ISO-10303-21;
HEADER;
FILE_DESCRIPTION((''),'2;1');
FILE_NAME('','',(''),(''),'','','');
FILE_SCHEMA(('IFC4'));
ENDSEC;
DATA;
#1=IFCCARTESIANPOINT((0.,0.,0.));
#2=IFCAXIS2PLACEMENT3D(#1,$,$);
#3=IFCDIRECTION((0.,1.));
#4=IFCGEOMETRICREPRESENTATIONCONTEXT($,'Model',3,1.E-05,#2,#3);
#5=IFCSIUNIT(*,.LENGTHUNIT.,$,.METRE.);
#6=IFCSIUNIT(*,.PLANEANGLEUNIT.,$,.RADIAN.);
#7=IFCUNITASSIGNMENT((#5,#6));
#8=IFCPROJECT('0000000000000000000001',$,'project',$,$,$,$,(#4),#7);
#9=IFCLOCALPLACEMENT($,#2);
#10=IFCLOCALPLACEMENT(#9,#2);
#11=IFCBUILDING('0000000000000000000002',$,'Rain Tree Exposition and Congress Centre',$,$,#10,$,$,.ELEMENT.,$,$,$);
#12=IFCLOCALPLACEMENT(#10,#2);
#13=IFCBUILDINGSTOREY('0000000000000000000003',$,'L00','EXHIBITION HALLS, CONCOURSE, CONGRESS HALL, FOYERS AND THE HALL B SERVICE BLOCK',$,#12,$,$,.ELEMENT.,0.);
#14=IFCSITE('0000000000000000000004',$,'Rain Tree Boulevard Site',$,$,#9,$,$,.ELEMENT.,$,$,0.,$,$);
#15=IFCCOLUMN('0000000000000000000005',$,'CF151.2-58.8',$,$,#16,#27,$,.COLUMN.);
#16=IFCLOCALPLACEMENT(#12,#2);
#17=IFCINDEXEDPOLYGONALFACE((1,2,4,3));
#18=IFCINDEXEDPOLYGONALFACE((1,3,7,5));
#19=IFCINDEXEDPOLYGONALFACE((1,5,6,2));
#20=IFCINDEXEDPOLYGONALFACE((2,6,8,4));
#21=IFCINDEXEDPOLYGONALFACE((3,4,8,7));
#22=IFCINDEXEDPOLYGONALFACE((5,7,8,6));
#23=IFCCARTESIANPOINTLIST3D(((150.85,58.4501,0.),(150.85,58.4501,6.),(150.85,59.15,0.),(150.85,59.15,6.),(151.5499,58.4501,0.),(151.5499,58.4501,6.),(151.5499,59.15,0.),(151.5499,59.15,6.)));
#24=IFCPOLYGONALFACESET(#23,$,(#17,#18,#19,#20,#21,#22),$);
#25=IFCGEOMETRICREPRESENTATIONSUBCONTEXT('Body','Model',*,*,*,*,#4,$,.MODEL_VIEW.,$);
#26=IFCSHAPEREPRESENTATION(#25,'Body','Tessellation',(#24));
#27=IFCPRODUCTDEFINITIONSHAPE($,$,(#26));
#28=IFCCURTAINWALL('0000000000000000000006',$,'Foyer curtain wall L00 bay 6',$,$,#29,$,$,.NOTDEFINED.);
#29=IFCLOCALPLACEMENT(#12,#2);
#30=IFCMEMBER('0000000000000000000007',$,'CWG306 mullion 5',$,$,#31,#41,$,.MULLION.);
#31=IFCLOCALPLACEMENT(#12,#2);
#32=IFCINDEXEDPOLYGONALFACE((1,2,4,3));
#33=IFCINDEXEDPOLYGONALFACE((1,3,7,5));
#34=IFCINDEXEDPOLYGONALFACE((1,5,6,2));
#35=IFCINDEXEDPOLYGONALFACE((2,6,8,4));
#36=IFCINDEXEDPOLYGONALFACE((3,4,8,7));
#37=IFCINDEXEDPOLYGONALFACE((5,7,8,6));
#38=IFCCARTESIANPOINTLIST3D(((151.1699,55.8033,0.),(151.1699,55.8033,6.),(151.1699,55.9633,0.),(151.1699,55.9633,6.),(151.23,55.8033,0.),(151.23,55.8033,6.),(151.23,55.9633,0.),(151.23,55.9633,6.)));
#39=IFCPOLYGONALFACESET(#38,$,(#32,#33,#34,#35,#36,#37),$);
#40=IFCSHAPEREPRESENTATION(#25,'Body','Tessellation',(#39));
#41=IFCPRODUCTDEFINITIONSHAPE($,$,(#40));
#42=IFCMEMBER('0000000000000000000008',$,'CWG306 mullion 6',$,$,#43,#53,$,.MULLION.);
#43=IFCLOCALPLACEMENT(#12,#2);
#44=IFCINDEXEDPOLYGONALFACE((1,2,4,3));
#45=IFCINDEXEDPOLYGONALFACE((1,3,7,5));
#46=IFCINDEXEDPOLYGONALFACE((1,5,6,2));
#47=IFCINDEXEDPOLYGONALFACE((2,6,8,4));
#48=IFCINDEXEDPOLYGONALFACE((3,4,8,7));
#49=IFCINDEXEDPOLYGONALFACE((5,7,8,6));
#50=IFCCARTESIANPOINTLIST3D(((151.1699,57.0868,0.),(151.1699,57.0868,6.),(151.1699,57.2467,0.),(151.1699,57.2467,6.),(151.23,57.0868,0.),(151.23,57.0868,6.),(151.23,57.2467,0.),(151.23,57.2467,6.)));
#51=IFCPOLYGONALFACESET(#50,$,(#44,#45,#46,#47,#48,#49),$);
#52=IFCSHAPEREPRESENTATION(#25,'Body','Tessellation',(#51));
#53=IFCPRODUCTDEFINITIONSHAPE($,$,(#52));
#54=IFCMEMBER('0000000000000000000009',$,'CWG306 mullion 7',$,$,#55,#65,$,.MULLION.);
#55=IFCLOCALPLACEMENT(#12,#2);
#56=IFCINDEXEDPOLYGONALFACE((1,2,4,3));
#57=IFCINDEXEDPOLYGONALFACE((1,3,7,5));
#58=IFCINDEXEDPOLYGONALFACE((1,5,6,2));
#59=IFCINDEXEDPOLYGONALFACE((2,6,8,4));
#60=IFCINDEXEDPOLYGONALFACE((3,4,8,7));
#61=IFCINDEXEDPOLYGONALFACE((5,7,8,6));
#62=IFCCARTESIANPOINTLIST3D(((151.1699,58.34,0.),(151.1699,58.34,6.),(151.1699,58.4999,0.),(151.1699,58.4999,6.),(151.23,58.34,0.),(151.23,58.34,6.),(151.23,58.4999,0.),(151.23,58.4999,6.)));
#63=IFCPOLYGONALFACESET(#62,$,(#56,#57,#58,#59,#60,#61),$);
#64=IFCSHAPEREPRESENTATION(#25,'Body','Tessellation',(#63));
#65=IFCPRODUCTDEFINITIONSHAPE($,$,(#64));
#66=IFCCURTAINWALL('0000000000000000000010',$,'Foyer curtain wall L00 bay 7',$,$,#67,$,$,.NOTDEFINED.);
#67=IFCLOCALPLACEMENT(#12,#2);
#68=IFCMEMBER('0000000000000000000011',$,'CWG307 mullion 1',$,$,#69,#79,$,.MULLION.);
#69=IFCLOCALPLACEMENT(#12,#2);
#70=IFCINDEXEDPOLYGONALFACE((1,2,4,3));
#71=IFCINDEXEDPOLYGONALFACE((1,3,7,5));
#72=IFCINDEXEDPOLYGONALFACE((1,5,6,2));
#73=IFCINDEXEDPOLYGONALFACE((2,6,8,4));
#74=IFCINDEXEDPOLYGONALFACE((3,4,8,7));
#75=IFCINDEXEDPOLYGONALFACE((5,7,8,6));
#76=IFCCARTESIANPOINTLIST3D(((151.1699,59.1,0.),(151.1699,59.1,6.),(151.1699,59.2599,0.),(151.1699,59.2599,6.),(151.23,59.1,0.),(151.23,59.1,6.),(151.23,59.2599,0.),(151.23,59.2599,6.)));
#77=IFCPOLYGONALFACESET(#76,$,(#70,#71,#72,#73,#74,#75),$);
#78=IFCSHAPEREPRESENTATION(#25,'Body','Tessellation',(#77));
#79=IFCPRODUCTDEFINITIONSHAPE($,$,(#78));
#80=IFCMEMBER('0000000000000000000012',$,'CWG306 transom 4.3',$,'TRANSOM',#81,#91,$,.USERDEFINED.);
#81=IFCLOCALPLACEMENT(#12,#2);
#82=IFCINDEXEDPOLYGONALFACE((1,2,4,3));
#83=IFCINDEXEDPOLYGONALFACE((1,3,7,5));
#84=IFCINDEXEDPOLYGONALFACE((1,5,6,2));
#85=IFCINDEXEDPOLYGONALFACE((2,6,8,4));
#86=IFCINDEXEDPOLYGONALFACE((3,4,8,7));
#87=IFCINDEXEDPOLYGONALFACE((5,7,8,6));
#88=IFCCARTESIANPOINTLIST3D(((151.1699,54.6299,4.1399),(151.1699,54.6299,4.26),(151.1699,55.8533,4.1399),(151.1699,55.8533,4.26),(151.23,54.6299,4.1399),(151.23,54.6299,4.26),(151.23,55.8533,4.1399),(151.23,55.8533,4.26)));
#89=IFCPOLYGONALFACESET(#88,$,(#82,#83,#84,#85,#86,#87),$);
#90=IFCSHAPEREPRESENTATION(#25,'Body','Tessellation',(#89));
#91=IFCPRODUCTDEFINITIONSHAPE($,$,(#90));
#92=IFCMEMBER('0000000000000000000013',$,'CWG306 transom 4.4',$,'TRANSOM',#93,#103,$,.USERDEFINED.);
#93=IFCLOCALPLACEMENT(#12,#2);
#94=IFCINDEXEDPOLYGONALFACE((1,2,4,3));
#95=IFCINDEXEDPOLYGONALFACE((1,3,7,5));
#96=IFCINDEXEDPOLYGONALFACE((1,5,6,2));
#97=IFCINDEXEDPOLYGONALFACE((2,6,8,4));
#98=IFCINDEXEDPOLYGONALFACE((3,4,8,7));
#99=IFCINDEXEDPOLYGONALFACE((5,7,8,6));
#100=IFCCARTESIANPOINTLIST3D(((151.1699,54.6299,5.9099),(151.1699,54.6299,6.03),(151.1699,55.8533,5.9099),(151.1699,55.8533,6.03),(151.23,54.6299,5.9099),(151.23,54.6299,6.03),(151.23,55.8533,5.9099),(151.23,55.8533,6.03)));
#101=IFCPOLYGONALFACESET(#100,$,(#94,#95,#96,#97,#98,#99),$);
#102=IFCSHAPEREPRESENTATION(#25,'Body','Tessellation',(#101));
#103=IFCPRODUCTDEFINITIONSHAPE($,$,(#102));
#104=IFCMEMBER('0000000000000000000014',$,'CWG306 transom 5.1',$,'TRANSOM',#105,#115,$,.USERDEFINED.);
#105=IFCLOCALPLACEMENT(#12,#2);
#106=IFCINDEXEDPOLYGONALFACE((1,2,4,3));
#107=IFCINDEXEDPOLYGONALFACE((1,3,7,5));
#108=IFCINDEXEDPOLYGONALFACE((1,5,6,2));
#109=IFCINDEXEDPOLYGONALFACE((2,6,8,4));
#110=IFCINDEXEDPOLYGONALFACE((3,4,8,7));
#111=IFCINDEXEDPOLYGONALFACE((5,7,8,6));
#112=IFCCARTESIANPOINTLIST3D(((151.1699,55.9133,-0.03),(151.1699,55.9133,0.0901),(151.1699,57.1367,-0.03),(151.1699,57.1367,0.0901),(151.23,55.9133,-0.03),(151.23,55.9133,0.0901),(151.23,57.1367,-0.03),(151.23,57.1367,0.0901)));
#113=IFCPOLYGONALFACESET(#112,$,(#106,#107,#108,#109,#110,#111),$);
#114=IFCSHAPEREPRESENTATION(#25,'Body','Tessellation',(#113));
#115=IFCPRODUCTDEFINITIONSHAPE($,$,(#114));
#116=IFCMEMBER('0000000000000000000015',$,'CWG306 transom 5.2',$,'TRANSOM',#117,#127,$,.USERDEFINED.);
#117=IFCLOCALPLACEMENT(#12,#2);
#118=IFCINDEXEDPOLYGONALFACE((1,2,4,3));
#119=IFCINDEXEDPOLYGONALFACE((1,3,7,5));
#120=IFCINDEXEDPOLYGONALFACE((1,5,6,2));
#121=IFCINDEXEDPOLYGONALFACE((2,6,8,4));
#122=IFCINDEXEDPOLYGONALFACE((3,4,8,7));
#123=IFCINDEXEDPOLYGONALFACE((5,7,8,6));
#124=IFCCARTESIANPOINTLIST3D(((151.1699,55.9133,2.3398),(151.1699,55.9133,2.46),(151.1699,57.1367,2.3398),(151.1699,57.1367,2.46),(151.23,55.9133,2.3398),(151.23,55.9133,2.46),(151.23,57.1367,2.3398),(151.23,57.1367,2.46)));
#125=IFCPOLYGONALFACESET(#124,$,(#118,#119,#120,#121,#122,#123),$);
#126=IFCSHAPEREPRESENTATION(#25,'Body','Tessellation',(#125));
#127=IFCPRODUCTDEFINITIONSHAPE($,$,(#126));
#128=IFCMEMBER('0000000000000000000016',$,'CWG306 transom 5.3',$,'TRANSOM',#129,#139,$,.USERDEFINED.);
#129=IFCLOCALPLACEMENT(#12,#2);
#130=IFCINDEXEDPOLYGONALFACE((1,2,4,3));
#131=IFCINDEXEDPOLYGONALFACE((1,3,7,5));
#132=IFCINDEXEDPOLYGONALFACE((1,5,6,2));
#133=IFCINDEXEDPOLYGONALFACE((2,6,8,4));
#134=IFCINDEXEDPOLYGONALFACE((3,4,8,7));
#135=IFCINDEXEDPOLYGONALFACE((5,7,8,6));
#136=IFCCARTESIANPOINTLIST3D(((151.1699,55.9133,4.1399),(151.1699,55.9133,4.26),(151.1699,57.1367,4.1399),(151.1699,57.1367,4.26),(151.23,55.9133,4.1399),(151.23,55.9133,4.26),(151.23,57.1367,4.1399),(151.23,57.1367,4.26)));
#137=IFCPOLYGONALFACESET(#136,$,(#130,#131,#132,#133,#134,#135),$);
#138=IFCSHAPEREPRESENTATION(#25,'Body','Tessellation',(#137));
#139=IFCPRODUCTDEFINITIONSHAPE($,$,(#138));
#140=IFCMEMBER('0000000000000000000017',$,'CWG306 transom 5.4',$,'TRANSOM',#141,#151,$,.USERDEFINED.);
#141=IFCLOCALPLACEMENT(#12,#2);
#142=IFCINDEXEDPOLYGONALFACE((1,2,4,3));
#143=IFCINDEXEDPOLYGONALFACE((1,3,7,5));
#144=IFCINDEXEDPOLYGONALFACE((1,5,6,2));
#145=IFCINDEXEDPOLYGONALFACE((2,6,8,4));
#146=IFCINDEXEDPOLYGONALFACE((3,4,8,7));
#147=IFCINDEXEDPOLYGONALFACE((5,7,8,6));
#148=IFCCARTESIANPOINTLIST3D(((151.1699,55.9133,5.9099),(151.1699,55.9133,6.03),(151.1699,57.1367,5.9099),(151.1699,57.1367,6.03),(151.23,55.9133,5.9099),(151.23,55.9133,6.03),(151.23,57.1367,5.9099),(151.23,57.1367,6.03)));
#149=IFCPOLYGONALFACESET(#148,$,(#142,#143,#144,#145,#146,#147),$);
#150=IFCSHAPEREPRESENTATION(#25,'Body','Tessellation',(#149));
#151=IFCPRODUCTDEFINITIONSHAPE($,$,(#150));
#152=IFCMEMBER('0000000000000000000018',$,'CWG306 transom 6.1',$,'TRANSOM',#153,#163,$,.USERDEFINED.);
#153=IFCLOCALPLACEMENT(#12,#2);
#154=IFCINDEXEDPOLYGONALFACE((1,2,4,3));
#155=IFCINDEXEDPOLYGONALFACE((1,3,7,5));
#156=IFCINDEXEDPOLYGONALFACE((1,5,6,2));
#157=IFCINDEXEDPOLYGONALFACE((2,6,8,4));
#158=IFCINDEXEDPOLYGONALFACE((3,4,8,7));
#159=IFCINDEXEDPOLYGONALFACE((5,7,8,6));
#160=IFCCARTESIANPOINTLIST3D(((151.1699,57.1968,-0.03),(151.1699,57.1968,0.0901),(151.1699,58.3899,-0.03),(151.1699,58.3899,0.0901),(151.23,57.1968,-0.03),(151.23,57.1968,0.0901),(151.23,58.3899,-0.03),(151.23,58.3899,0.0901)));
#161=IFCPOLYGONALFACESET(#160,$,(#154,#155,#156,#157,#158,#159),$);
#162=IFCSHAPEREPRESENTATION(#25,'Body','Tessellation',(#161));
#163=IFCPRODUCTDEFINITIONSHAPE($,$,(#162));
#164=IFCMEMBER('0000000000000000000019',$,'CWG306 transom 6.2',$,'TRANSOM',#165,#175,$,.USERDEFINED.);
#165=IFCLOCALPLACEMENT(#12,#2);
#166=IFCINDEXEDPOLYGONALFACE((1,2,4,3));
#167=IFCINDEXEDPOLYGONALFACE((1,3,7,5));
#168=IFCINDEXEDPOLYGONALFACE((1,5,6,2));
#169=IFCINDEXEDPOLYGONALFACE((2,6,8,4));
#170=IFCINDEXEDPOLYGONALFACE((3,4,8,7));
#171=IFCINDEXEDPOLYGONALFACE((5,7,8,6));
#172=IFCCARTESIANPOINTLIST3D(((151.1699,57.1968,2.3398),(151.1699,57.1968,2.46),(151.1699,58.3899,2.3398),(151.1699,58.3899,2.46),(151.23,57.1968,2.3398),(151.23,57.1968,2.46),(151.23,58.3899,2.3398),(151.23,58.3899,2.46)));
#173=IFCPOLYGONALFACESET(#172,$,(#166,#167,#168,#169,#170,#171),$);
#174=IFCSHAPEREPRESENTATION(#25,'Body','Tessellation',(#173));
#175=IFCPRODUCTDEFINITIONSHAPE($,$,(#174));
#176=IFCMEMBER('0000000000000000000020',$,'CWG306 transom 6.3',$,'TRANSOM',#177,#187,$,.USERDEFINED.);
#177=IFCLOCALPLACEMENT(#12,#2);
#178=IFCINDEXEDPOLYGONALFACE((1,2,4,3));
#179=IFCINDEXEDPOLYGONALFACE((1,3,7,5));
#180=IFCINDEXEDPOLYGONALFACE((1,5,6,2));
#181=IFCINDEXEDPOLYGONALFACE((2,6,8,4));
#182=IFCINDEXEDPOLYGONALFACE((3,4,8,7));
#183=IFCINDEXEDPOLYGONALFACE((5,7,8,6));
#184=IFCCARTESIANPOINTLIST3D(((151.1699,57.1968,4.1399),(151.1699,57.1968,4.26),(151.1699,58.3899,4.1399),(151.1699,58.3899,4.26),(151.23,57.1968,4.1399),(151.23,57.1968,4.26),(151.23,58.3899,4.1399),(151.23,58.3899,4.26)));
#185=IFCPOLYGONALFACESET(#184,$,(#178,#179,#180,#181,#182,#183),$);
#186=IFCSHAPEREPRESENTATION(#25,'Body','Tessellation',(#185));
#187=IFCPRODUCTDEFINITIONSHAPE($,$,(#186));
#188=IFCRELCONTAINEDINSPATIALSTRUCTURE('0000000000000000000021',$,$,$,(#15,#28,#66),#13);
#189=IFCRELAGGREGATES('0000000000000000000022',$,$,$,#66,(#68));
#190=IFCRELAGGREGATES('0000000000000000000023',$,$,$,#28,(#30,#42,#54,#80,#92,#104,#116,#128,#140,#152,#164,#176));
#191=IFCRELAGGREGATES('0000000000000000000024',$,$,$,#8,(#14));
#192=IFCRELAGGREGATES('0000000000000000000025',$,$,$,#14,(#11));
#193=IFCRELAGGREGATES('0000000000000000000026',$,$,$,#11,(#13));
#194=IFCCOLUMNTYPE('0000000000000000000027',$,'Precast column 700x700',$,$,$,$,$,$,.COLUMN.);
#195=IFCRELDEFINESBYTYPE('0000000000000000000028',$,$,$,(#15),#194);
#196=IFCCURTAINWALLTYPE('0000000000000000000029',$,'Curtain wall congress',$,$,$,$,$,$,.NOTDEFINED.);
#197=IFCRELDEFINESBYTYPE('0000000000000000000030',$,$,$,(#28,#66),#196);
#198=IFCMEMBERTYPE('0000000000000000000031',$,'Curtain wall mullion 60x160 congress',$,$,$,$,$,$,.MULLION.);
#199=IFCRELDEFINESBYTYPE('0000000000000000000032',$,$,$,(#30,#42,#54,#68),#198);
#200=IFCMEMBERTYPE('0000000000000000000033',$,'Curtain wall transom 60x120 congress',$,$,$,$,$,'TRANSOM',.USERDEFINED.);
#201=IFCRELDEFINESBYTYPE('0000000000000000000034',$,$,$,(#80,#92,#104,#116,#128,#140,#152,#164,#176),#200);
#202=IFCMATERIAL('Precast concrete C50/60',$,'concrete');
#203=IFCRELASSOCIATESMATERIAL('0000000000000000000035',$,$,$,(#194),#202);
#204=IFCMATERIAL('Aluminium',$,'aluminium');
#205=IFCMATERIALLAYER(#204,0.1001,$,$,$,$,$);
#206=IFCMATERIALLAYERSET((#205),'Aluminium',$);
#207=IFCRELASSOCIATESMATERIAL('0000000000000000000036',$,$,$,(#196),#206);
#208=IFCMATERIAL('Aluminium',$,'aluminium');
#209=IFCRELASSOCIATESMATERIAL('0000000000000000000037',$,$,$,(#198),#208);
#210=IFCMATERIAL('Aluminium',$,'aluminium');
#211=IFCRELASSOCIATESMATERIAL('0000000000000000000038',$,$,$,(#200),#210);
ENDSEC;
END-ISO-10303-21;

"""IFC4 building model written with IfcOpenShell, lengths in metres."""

from ifc_helpers import new_model, si_unit, direction, frame, origin, origin_2d, place, context, subcontext, project, spatial, rectangle, extrude, material, layer, layer_set, material_profile, profile_set, type_object, element, aggregate, save


model = new_model("IFC4")

# Units and contexts
model_context = context("Model", 3, precision=1e-05, world=origin(), true_north=direction((0.0, 1.0)))
body_context = subcontext(model_context, "Body", "Model", "MODEL_VIEW")
ifc_project = project(units=[si_unit("LENGTHUNIT", "METRE"), si_unit("PLANEANGLEUNIT", "RADIAN")], contexts=[model_context])

# Site, building, storey
site_placement = place(None, origin())
site = spatial("IfcSite", under=ifc_project, at=site_placement, Name="Rain Tree Boulevard Site", CompositionType="ELEMENT", RefElevation=0.0)
building_placement = place(site_placement, origin())
building = spatial("IfcBuilding", under=site, at=building_placement, Name="Rain Tree Exposition and Congress Centre", CompositionType="ELEMENT")
storey_placement = place(building_placement, origin())
storey = spatial("IfcBuildingStorey", under=building, at=storey_placement, Name="L00", Description="EXHIBITION HALLS, CONCOURSE, CONGRESS HALL, FOYERS AND THE HALL B SERVICE BLOCK", CompositionType="ELEMENT", Elevation=0.0)

# Column
ifc_material_1 = material(Name="Precast concrete C50/60", Category="concrete")
ifc_material_profile_1 = material_profile(ifc_material_1, rectangle(XDim=0.7, YDim=0.7, at=origin_2d()), Name="RC 700x700")
ifc_profile_set_1 = profile_set([ifc_material_profile_1], Name="Precast concrete C50/60")
column_type = type_object("IfcColumnType", Name="Precast column 700x700", PredefinedType="COLUMN", material=ifc_profile_set_1)
column_placement = place(storey_placement, frame((151.2, 58.8, 0.0), z_axis=(0.0, 0.0, 1.0), x_axis=(1.0, 0.0, 0.0)))
element("IfcColumn", 1, at=column_placement, inside=storey, type_object=column_type, Name="CF151.2-58.8", PredefinedType="COLUMN", context=body_context, shape_type="SweptSolid", body=[
    extrude(rectangle(XDim=0.7, YDim=0.7, at=origin_2d()), origin(), (0.0, 0.0, 1.0), 6.0),
])

# Curtain wall, members
ifc_material_2 = material(Name="Aluminium", Category="aluminium")
ifc_layer_1 = layer(ifc_material_2, 0.1001)
ifc_layer_set_1 = layer_set([ifc_layer_1], Name="Aluminium")
curtain_wall_type = type_object("IfcCurtainWallType", Name="Curtain wall congress", PredefinedType="NOTDEFINED", material=ifc_layer_set_1)
curtain_wall_1_placement = place(storey_placement, origin())
curtain_wall_1 = element("IfcCurtainWall", 2, at=curtain_wall_1_placement, inside=storey, type_object=curtain_wall_type, Name="Foyer curtain wall L00 bay 6", PredefinedType="NOTDEFINED")
ifc_material_3 = material(Name="Aluminium", Category="aluminium")
ifc_material_profile_2 = material_profile(ifc_material_3, rectangle(XDim=0.0601, YDim=0.1599, at=origin_2d()), Name="AL 60x160")
ifc_profile_set_2 = profile_set([ifc_material_profile_2], Name="Aluminium")
member_type_1 = type_object("IfcMemberType", Name="Curtain wall mullion 60x160 congress", PredefinedType="MULLION", material=ifc_profile_set_2)
member_1_placement = place(storey_placement, frame((151.2, 55.8833, 0.0), z_axis=(0.0, 0.0, 1.0), x_axis=(-1.0, 0.0, 0.0)))
member_1 = element("IfcMember", 3, at=member_1_placement, type_object=member_type_1, Name="CWG306 mullion 5", PredefinedType="MULLION", context=body_context, shape_type="SweptSolid", body=[
    extrude(rectangle(XDim=0.0601, YDim=0.1599, at=origin_2d()), origin(), (0.0, 0.0, 1.0), 6.0),
])
member_2_placement = place(storey_placement, frame((151.2, 57.1667, 0.0), z_axis=(0.0, 0.0, 1.0), x_axis=(-1.0, 0.0, 0.0)))
member_2 = element("IfcMember", 4, at=member_2_placement, type_object=member_type_1, Name="CWG306 mullion 6", PredefinedType="MULLION", context=body_context, shape_type="SweptSolid", body=[
    extrude(rectangle(XDim=0.0601, YDim=0.1599, at=origin_2d()), origin(), (0.0, 0.0, 1.0), 6.0),
])
member_3_placement = place(storey_placement, frame((151.2, 58.4199, 0.0), z_axis=(0.0, 0.0, 1.0), x_axis=(-1.0, 0.0, 0.0)))
member_3 = element("IfcMember", 5, at=member_3_placement, type_object=member_type_1, Name="CWG306 mullion 7", PredefinedType="MULLION", context=body_context, shape_type="SweptSolid", body=[
    extrude(rectangle(XDim=0.0601, YDim=0.1599, at=origin_2d()), origin(), (0.0, 0.0, 1.0), 6.0),
])

# Curtain wall, member
curtain_wall_2_placement = place(storey_placement, origin())
curtain_wall_2 = element("IfcCurtainWall", 6, at=curtain_wall_2_placement, inside=storey, type_object=curtain_wall_type, Name="Foyer curtain wall L00 bay 7", PredefinedType="NOTDEFINED")
member_4_placement = place(storey_placement, frame((151.2, 59.1799, 0.0), z_axis=(0.0, 0.0, 1.0), x_axis=(-1.0, 0.0, 0.0)))
member_4 = element("IfcMember", 7, at=member_4_placement, type_object=member_type_1, Name="CWG307 mullion 1", PredefinedType="MULLION", context=body_context, shape_type="SweptSolid", body=[
    extrude(rectangle(XDim=0.0601, YDim=0.1599, at=origin_2d()), origin(), (0.0, 0.0, 1.0), 6.0),
])

# Members
ifc_material_4 = material(Name="Aluminium", Category="aluminium")
ifc_material_profile_3 = material_profile(ifc_material_4, rectangle(XDim=0.0601, YDim=0.1201, at=origin_2d()), Name="AL 60x120")
ifc_profile_set_3 = profile_set([ifc_material_profile_3], Name="Aluminium")
member_type_2 = type_object("IfcMemberType", Name="Curtain wall transom 60x120 congress", ElementType="TRANSOM", PredefinedType="USERDEFINED", material=ifc_profile_set_3)
member_5_placement = place(storey_placement, frame((151.2, 54.6299, 4.2), z_axis=(0.0, 1.0, 0.0), x_axis=(-1.0, 0.0, 0.0)))
member_5 = element("IfcMember", 8, at=member_5_placement, type_object=member_type_2, Name="CWG306 transom 4.3", ObjectType="TRANSOM", PredefinedType="USERDEFINED", context=body_context, shape_type="SweptSolid", body=[
    extrude(rectangle(XDim=0.0601, YDim=0.1201, at=origin_2d()), origin(), (0.0, 0.0, 1.0), 1.2234),
])
member_6_placement = place(storey_placement, frame((151.2, 54.6299, 5.97), z_axis=(0.0, 1.0, 0.0), x_axis=(-1.0, 0.0, 0.0)))
member_6 = element("IfcMember", 9, at=member_6_placement, type_object=member_type_2, Name="CWG306 transom 4.4", ObjectType="TRANSOM", PredefinedType="USERDEFINED", context=body_context, shape_type="SweptSolid", body=[
    extrude(rectangle(XDim=0.0601, YDim=0.1201, at=origin_2d()), origin(), (0.0, 0.0, 1.0), 1.2234),
])
member_7_placement = place(storey_placement, frame((151.2, 55.9133, 0.03), z_axis=(0.0, 1.0, 0.0), x_axis=(-1.0, 0.0, 0.0)))
member_7 = element("IfcMember", 10, at=member_7_placement, type_object=member_type_2, Name="CWG306 transom 5.1", ObjectType="TRANSOM", PredefinedType="USERDEFINED", context=body_context, shape_type="SweptSolid", body=[
    extrude(rectangle(XDim=0.0601, YDim=0.1201, at=origin_2d()), origin(), (0.0, 0.0, 1.0), 1.2234),
])
member_8_placement = place(storey_placement, frame((151.2, 55.9133, 2.3999), z_axis=(0.0, 1.0, 0.0), x_axis=(-1.0, 0.0, 0.0)))
member_8 = element("IfcMember", 11, at=member_8_placement, type_object=member_type_2, Name="CWG306 transom 5.2", ObjectType="TRANSOM", PredefinedType="USERDEFINED", context=body_context, shape_type="SweptSolid", body=[
    extrude(rectangle(XDim=0.0601, YDim=0.1201, at=origin_2d()), origin(), (0.0, 0.0, 1.0), 1.2234),
])
member_9_placement = place(storey_placement, frame((151.2, 55.9133, 4.2), z_axis=(0.0, 1.0, 0.0), x_axis=(-1.0, 0.0, 0.0)))
member_9 = element("IfcMember", 12, at=member_9_placement, type_object=member_type_2, Name="CWG306 transom 5.3", ObjectType="TRANSOM", PredefinedType="USERDEFINED", context=body_context, shape_type="SweptSolid", body=[
    extrude(rectangle(XDim=0.0601, YDim=0.1201, at=origin_2d()), origin(), (0.0, 0.0, 1.0), 1.2234),
])
member_10_placement = place(storey_placement, frame((151.2, 55.9133, 5.97), z_axis=(0.0, 1.0, 0.0), x_axis=(-1.0, 0.0, 0.0)))
member_10 = element("IfcMember", 13, at=member_10_placement, type_object=member_type_2, Name="CWG306 transom 5.4", ObjectType="TRANSOM", PredefinedType="USERDEFINED", context=body_context, shape_type="SweptSolid", body=[
    extrude(rectangle(XDim=0.0601, YDim=0.1201, at=origin_2d()), origin(), (0.0, 0.0, 1.0), 1.2234),
])
member_11_placement = place(storey_placement, frame((151.2, 57.1968, 0.03), z_axis=(0.0, 1.0, 0.0), x_axis=(-1.0, 0.0, 0.0)))
member_11 = element("IfcMember", 14, at=member_11_placement, type_object=member_type_2, Name="CWG306 transom 6.1", ObjectType="TRANSOM", PredefinedType="USERDEFINED", context=body_context, shape_type="SweptSolid", body=[
    extrude(rectangle(XDim=0.0601, YDim=0.1201, at=origin_2d()), origin(), (0.0, 0.0, 1.0), 1.1931),
])
member_12_placement = place(storey_placement, frame((151.2, 57.1968, 2.3999), z_axis=(0.0, 1.0, 0.0), x_axis=(-1.0, 0.0, 0.0)))
member_12 = element("IfcMember", 15, at=member_12_placement, type_object=member_type_2, Name="CWG306 transom 6.2", ObjectType="TRANSOM", PredefinedType="USERDEFINED", context=body_context, shape_type="SweptSolid", body=[
    extrude(rectangle(XDim=0.0601, YDim=0.1201, at=origin_2d()), origin(), (0.0, 0.0, 1.0), 1.1931),
])
member_13_placement = place(storey_placement, frame((151.2, 57.1968, 4.2), z_axis=(0.0, 1.0, 0.0), x_axis=(-1.0, 0.0, 0.0)))
member_13 = element("IfcMember", 16, at=member_13_placement, type_object=member_type_2, Name="CWG306 transom 6.3", ObjectType="TRANSOM", PredefinedType="USERDEFINED", context=body_context, shape_type="SweptSolid", body=[
    extrude(rectangle(XDim=0.0601, YDim=0.1201, at=origin_2d()), origin(), (0.0, 0.0, 1.0), 1.1931),
])
aggregate(curtain_wall_2, [member_4])

aggregate(curtain_wall_1, [member_1, member_2, member_3, member_5, member_6, member_7, member_8, member_9, member_10, member_11, member_12, member_13])

save(model, "model.ifc")
